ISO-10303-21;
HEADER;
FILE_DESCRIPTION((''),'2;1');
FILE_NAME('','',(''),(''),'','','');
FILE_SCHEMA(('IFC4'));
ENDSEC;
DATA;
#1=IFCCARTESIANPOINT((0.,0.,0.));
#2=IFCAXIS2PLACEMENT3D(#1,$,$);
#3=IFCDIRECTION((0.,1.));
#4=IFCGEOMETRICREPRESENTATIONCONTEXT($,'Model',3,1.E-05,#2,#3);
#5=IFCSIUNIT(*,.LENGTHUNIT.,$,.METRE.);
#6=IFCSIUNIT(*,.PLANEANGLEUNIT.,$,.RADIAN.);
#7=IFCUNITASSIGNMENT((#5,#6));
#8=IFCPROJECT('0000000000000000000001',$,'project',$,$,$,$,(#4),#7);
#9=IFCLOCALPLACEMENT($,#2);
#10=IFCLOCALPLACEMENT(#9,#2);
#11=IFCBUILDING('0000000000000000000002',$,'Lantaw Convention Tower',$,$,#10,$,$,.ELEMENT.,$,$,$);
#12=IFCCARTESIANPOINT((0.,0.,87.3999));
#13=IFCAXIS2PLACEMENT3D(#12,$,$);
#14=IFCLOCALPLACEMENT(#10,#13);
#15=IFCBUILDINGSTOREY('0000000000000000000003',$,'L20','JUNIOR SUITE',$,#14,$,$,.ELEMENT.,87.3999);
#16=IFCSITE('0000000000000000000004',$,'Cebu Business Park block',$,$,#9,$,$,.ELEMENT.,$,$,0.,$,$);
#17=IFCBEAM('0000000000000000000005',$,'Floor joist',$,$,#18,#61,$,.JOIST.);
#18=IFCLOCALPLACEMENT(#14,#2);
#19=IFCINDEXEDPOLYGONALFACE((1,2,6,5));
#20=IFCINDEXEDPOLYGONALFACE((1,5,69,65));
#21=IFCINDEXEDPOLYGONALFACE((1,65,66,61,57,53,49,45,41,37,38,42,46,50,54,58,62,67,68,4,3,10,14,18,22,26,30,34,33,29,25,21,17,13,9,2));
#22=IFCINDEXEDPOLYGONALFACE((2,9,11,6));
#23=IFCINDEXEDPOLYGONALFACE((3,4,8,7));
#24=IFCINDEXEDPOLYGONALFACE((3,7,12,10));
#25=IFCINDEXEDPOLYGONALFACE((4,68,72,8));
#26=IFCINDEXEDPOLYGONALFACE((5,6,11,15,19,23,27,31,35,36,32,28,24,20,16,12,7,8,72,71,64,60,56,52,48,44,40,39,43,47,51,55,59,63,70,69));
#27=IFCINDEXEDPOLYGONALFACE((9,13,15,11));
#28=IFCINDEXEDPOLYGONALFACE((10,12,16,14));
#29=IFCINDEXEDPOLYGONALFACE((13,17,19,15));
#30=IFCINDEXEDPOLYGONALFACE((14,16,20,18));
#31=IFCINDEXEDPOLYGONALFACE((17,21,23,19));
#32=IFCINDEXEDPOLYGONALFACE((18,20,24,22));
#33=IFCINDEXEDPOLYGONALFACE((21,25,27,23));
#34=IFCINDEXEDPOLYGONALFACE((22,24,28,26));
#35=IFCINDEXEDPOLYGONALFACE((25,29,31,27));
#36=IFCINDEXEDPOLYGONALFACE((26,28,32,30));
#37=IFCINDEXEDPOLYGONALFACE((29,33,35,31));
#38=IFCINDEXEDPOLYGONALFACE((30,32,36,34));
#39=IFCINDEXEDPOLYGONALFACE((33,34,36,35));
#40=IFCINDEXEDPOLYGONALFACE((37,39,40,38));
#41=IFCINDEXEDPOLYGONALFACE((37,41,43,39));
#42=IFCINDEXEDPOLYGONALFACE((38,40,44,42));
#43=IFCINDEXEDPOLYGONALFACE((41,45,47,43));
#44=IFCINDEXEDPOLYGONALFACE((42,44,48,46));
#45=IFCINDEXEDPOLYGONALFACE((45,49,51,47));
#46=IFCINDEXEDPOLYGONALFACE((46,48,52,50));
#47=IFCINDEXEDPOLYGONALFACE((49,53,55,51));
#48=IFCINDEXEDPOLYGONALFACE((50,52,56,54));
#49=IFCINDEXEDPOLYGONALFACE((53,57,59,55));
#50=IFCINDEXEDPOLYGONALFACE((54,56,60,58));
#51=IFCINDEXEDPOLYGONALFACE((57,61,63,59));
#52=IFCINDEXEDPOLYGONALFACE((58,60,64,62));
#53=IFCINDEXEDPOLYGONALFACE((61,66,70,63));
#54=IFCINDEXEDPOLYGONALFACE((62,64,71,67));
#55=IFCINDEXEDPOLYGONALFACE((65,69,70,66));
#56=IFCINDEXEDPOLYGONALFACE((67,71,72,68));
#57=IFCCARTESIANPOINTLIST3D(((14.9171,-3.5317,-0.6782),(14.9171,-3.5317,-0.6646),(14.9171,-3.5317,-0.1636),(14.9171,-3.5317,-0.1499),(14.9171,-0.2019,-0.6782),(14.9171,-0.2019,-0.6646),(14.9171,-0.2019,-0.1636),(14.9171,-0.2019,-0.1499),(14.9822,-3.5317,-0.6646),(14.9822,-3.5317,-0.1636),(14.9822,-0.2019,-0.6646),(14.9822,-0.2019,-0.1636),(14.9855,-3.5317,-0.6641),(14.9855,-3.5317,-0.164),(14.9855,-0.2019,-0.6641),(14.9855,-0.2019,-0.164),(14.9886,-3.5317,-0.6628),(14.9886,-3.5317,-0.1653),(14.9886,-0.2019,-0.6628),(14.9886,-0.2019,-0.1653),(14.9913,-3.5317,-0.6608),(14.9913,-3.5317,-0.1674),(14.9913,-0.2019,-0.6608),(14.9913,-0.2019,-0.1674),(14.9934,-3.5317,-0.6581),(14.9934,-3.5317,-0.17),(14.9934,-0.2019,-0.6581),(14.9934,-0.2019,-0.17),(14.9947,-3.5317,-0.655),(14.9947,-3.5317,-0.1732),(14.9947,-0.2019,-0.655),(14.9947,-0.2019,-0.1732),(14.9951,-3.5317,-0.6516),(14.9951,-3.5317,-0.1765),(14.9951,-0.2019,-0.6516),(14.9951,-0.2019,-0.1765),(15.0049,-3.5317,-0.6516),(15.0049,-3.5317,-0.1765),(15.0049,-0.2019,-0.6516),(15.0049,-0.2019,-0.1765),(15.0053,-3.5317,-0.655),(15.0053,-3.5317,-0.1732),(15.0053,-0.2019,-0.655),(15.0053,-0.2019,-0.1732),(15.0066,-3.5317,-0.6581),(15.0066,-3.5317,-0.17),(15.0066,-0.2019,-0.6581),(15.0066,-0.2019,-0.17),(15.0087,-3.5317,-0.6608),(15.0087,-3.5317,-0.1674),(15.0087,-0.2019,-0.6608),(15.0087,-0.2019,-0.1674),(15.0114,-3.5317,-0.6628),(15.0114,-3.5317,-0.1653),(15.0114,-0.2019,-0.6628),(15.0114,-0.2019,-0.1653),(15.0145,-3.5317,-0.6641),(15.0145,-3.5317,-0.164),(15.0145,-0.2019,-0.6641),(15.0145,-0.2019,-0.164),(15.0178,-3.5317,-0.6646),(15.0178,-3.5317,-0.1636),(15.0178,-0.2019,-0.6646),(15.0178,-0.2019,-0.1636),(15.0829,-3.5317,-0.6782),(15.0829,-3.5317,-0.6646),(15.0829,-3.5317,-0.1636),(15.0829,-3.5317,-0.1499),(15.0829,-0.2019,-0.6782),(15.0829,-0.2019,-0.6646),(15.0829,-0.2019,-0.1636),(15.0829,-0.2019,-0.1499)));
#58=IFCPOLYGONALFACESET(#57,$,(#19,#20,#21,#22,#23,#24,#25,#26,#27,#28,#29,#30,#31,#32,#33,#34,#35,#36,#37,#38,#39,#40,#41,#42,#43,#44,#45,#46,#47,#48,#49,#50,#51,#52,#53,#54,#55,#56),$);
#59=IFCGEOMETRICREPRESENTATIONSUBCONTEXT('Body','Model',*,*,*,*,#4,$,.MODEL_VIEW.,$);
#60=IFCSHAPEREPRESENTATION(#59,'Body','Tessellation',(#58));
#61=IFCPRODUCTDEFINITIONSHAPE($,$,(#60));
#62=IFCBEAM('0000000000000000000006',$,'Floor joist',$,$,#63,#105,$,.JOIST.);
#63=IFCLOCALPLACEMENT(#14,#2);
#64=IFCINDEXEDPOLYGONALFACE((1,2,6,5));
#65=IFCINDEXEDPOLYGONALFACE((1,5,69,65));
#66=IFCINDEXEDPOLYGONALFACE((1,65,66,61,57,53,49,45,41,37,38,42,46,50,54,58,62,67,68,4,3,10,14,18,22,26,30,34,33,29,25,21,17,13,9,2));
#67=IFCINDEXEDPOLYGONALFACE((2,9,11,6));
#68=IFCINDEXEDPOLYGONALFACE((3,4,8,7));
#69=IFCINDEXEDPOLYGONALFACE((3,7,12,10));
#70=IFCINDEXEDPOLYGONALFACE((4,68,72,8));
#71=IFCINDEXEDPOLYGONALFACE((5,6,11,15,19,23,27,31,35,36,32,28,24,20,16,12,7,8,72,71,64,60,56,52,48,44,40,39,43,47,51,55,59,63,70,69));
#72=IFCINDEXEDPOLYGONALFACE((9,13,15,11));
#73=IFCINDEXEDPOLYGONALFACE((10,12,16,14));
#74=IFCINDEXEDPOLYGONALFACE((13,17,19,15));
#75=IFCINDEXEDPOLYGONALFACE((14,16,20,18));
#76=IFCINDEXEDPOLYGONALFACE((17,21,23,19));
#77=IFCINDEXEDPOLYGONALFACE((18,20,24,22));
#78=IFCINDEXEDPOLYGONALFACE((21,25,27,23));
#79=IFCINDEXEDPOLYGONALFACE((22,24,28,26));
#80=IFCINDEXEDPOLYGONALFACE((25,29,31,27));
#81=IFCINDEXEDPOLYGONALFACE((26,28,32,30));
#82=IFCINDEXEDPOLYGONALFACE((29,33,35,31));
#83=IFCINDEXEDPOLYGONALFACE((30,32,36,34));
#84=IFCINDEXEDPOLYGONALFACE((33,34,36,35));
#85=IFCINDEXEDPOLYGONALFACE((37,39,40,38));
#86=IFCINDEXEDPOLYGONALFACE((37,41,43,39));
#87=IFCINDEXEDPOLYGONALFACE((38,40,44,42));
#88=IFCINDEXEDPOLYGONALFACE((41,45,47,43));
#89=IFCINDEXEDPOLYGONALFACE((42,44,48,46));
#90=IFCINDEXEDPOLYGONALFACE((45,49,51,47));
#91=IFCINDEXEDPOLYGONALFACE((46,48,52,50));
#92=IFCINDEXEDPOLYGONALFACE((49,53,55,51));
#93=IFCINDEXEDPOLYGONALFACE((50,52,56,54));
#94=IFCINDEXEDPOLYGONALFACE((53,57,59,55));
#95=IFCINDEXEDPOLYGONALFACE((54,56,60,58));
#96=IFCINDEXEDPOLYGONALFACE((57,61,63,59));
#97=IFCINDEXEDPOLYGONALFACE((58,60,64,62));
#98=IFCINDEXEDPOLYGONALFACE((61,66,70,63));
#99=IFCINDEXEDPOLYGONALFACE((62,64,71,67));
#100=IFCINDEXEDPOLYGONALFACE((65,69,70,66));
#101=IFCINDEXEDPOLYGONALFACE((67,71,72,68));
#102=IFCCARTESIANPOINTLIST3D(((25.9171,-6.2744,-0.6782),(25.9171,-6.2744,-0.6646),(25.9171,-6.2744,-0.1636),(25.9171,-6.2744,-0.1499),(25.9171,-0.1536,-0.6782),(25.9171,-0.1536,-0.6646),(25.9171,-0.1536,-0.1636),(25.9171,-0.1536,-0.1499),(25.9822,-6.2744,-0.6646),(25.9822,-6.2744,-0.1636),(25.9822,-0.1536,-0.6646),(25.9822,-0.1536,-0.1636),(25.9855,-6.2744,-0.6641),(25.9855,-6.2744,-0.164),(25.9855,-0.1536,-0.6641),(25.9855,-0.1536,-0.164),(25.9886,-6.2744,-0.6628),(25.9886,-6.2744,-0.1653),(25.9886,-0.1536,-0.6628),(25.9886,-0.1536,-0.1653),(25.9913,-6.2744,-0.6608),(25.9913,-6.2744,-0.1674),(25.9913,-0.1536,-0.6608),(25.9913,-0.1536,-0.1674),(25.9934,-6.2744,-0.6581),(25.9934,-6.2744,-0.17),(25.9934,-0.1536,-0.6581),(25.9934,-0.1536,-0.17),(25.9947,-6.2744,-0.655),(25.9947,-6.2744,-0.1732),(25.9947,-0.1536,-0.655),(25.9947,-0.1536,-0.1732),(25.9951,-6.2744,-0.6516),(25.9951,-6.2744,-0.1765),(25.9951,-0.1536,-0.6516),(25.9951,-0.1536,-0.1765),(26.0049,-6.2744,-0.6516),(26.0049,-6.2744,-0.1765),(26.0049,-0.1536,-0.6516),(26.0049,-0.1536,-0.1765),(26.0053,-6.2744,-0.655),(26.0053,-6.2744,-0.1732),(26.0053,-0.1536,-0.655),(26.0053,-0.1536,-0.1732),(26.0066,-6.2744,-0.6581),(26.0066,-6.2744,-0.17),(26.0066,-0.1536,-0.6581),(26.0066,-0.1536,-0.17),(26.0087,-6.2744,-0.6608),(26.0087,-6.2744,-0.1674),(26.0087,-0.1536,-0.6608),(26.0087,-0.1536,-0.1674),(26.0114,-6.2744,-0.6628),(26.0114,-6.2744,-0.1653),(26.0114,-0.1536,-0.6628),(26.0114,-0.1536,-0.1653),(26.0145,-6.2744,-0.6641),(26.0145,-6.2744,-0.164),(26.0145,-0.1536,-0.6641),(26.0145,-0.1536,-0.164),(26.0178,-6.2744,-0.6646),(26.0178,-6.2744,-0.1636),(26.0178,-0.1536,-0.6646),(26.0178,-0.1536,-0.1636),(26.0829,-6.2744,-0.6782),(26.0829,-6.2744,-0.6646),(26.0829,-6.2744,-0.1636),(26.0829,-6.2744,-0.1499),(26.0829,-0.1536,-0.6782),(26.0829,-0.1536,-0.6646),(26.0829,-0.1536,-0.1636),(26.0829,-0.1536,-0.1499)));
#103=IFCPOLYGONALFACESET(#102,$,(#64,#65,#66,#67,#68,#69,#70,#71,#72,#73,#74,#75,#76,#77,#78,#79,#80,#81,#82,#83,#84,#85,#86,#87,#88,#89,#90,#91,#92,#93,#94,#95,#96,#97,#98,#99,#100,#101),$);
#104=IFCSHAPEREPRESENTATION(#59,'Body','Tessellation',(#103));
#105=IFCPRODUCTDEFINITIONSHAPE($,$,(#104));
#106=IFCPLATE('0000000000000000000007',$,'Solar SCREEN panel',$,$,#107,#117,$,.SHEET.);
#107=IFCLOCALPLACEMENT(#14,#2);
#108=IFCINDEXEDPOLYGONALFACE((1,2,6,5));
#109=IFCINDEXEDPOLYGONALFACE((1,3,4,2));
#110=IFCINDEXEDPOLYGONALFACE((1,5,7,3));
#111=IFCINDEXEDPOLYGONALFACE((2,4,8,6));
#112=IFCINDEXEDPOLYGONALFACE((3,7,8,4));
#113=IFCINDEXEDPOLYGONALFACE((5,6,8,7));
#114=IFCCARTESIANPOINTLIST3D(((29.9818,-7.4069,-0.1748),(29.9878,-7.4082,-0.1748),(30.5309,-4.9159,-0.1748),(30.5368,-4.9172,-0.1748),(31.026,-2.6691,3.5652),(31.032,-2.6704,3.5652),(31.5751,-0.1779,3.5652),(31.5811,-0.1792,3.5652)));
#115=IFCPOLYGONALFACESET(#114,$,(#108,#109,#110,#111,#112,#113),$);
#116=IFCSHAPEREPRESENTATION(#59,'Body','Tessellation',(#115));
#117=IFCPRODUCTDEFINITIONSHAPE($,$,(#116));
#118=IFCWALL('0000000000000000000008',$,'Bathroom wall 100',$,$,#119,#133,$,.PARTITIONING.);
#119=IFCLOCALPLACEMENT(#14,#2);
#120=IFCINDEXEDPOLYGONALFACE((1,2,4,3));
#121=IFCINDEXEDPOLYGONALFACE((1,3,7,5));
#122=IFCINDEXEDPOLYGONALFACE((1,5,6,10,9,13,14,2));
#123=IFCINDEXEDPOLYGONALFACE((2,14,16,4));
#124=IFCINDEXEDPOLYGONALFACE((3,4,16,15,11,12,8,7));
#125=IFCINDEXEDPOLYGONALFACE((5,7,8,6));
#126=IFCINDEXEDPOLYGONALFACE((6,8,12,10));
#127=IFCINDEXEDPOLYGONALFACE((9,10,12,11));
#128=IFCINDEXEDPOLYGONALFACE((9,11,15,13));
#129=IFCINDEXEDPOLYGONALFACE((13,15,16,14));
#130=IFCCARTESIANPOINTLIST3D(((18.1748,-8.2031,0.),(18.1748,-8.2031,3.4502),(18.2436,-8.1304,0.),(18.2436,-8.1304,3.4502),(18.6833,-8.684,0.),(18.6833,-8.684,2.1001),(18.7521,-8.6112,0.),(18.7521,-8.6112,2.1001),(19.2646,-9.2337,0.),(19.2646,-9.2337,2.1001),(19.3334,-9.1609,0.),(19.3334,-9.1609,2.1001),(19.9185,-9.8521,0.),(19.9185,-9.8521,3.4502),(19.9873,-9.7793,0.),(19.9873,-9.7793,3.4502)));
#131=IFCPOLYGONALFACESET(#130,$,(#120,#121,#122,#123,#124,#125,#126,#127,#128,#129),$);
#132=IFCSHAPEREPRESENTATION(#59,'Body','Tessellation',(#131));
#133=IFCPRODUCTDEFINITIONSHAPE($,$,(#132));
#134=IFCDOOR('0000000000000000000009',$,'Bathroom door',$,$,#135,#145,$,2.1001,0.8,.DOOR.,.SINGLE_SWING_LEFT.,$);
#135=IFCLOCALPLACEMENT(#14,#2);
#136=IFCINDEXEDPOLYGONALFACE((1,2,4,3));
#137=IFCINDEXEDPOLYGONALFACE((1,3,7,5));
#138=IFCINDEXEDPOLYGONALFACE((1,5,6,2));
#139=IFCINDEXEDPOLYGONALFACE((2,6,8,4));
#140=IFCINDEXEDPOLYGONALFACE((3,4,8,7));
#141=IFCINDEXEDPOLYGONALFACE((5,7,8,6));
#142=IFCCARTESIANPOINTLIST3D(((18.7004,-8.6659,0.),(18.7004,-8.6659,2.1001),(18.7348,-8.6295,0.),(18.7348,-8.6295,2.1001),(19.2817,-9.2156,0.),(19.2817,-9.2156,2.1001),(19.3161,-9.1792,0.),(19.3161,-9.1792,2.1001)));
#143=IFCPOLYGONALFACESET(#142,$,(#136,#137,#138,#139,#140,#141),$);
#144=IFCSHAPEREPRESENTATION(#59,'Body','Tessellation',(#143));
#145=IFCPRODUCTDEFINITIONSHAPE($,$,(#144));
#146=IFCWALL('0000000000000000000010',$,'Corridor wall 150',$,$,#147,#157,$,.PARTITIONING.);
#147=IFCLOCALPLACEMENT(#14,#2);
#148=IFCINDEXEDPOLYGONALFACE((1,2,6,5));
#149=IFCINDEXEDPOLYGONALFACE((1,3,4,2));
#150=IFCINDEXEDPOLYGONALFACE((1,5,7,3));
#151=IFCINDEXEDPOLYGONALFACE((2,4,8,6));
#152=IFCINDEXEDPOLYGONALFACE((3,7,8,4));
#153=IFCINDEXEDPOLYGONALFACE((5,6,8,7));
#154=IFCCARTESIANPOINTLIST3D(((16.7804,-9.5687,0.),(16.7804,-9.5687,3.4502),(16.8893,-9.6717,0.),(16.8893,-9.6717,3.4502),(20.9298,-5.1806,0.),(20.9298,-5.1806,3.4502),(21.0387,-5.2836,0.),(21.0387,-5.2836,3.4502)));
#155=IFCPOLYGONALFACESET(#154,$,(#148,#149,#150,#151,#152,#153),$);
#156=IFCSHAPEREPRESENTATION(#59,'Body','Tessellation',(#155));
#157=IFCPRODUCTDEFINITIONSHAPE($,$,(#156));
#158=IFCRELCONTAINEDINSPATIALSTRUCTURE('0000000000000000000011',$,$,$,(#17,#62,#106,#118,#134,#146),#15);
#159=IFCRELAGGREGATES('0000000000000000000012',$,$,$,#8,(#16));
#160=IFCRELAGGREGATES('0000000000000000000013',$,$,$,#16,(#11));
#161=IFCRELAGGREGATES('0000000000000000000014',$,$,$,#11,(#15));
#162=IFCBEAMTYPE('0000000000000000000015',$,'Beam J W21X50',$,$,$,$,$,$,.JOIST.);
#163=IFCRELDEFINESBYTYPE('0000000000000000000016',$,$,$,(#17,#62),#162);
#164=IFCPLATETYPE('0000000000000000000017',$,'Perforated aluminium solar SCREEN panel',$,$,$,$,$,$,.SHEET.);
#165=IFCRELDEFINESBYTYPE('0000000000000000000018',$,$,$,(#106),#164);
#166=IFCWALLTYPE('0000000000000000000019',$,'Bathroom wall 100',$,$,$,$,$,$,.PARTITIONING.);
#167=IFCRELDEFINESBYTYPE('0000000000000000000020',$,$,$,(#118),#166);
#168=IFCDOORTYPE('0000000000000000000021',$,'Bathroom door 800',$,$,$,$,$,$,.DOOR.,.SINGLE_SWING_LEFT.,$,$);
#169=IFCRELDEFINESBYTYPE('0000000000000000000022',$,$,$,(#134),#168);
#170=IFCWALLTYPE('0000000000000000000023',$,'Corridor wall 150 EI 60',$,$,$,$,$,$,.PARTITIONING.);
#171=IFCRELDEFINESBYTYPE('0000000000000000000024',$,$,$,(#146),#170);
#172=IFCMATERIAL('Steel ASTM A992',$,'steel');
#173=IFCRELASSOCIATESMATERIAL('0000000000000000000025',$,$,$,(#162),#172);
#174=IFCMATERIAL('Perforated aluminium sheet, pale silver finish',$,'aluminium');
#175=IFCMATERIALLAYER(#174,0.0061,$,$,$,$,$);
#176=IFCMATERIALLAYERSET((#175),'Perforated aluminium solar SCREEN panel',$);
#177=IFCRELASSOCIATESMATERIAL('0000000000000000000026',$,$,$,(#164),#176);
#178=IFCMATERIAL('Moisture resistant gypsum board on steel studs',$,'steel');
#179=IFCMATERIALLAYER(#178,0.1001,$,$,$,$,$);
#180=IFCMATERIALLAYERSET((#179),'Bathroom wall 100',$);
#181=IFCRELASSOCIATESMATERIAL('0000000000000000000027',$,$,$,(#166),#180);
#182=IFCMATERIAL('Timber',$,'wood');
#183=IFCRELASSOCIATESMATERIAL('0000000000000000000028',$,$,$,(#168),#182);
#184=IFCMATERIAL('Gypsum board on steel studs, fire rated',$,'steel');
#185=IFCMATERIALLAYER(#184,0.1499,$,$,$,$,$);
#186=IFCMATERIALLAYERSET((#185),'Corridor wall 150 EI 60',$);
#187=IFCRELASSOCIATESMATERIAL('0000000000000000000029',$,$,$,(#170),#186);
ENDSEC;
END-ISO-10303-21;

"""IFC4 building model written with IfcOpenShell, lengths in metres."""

from ifc_helpers import new_model, si_unit, direction, frame, frame_2d, origin, origin_2d, place, context, subcontext, project, spatial, polyline, rectangle, i_section, outline, extrude, material, layer, layer_set, material_profile, profile_set, type_object, element, fill, save


model = new_model("IFC4")

# Units and contexts
model_context = context("Model", 3, precision=1e-05, world=origin(), true_north=direction((0.0, 1.0)))
body_context = subcontext(model_context, "Body", "Model", "MODEL_VIEW")
ifc_project = project(units=[si_unit("LENGTHUNIT", "METRE"), si_unit("PLANEANGLEUNIT", "RADIAN")], contexts=[model_context])

# Site, building, storey
site_placement = place(None, origin())
site = spatial("IfcSite", under=ifc_project, at=site_placement, Name="Cebu Business Park block", CompositionType="ELEMENT", RefElevation=0.0)
building_placement = place(site_placement, origin())
building = spatial("IfcBuilding", under=site, at=building_placement, Name="Lantaw Convention Tower", CompositionType="ELEMENT")
storey_placement = place(building_placement, frame((0.0, 0.0, 87.3999)))
storey = spatial("IfcBuildingStorey", under=building, at=storey_placement, Name="L20", Description="JUNIOR SUITE", CompositionType="ELEMENT", Elevation=87.3999)

# Beams
ifc_material_1 = material(Name="Steel ASTM A992", Category="steel")
ifc_material_profile_1 = material_profile(ifc_material_1, i_section(OverallWidth=0.1658, OverallDepth=0.5283, WebThickness=0.0098, FlangeThickness=0.0137, FilletRadius=0.0129, at=origin_2d()), Name="W21X50")
ifc_profile_set_1 = profile_set([ifc_material_profile_1], Name="Steel ASTM A992")
beam_type_1 = type_object("IfcBeamType", Name="Beam J W21X50", PredefinedType="JOIST", material=ifc_profile_set_1)
beam_1_placement = place(storey_placement, frame((15.0, -3.5317, -0.4141), z_axis=(0.0, 1.0, 0.0), x_axis=(-1.0, 0.0, 0.0)))
element("IfcBeam", 1, at=beam_1_placement, inside=storey, type_object=beam_type_1, Name="Floor joist", PredefinedType="JOIST", context=body_context, shape_type="SweptSolid", body=[
    extrude(i_section(OverallWidth=0.1658, OverallDepth=0.5283, WebThickness=0.0098, FlangeThickness=0.0137, FilletRadius=0.0129, at=origin_2d()), origin(), (0.0, 0.0, 1.0), 3.3298),
])
beam_2_placement = place(storey_placement, frame((26.0, -6.2744, -0.4141), z_axis=(0.0, 1.0, 0.0), x_axis=(-1.0, 0.0, 0.0)))
element("IfcBeam", 2, at=beam_2_placement, inside=storey, type_object=beam_type_1, Name="Floor joist", PredefinedType="JOIST", context=body_context, shape_type="SweptSolid", body=[
    extrude(i_section(OverallWidth=0.1658, OverallDepth=0.5283, WebThickness=0.0098, FlangeThickness=0.0137, FilletRadius=0.0129, at=origin_2d()), origin(), (0.0, 0.0, 1.0), 6.1208),
])

# Plate
ifc_material_2 = material(Name="Perforated aluminium sheet, pale silver finish", Category="aluminium")
ifc_layer_1 = layer(ifc_material_2, 0.0061)
ifc_layer_set_1 = layer_set([ifc_layer_1], Name="Perforated aluminium solar SCREEN panel")
plate_type = type_object("IfcPlateType", Name="Perforated aluminium solar SCREEN panel", PredefinedType="SHEET", material=ifc_layer_set_1)
plate_placement = place(storey_placement, frame((29.9878, -7.4082, -0.1748), z_axis=(0.976559, -0.215248, 0.00003), x_axis=(0.215248, 0.976559, 0.0)))
element("IfcPlate", 3, at=plate_placement, inside=storey, type_object=plate_type, Name="Solar SCREEN panel", PredefinedType="SHEET", context=body_context, shape_type="SweptSolid", body=[
    extrude(outline(polyline([(0.0, 0.0), (2.5508, 0.0), (7.4025, 3.74), (4.8515, 3.74), (0.0, 0.0)])), origin(), (0.0, 0.0, -1.0), 0.0061),
])

# Wall, opening, door
ifc_material_3 = material(Name="Moisture resistant gypsum board on steel studs", Category="steel")
ifc_layer_2 = layer(ifc_material_3, 0.1001)
ifc_layer_set_2 = layer_set([ifc_layer_2], Name="Bathroom wall 100")
wall_type_1 = type_object("IfcWallType", Name="Bathroom wall 100", PredefinedType="PARTITIONING", material=ifc_layer_set_2)
wall_1_placement = place(storey_placement, frame((18.2092, -8.1667, 0.0), z_axis=(0.0, 0.0, 1.0), x_axis=(0.726567, -0.687095, 0.0)))
wall_1 = element("IfcWall", 4, at=wall_1_placement, inside=storey, type_object=wall_type_1, Name="Bathroom wall 100", PredefinedType="PARTITIONING", context=body_context, shape_type="SweptSolid", body=[
    extrude(rectangle(XDim=2.3999, YDim=0.1001, at=frame_2d((1.2, 0.0))), origin(), (0.0, 0.0, 1.0), 3.4502),
])
opening_1_placement = place(wall_1_placement, frame((0.7, 0.0, 0.0)))
opening_1 = element("IfcOpeningElement", 5, at=opening_1_placement, cuts=wall_1, PredefinedType="OPENING", context=body_context, shape_type="SweptSolid", body=[
    extrude(rectangle(XDim=0.8, YDim=2.1001, at=frame_2d((0.3999, 1.05))), frame((0.0, 0.0601, 0.0), z_axis=(0.0, -1.0, 0.0), x_axis=(1.0, 0.0, 0.0)), (0.0, 0.0, 1.0), 0.1201),
])
ifc_material_4 = material(Name="Timber", Category="wood")
door_type_1 = type_object("IfcDoorType", Name="Bathroom door 800", OperationType="SINGLE_SWING_LEFT", PredefinedType="DOOR", material=ifc_material_4)
door_1_placement = place(opening_1_placement, origin())
door_1 = element("IfcDoor", 6, at=door_1_placement, inside=storey, type_object=door_type_1, Name="Bathroom door", OperationType="SINGLE_SWING_LEFT", OverallHeight=2.1001, OverallWidth=0.8, PredefinedType="DOOR", context=body_context, shape_type="SweptSolid", body=[
    extrude(rectangle(XDim=0.8, YDim=2.1001, at=frame_2d((0.3999, 1.05))), frame((0.0, 0.0249, 0.0), z_axis=(0.0, -1.0, 0.0), x_axis=(1.0, 0.0, 0.0)), (0.0, 0.0, 1.0), 0.05),
])
fill(opening_1, door_1)

# Wall
ifc_material_5 = material(Name="Gypsum board on steel studs, fire rated", Category="steel")
ifc_layer_3 = layer(ifc_material_5, 0.1499)
ifc_layer_set_3 = layer_set([ifc_layer_3], Name="Corridor wall 150 EI 60")
wall_type_2 = type_object("IfcWallType", Name="Corridor wall 150 EI 60", PredefinedType="PARTITIONING", material=ifc_layer_set_3)
wall_2_placement = place(storey_placement, frame((16.835, -9.6201, 0.0), z_axis=(0.0, 0.0, 1.0), x_axis=(0.687063, 0.726598, 0.0)))
element("IfcWall", 7, at=wall_2_placement, inside=storey, type_object=wall_type_2, Name="Corridor wall 150", PredefinedType="PARTITIONING", context=body_context, shape_type="SweptSolid", body=[
    extrude(rectangle(XDim=6.0393, YDim=0.1499, at=frame_2d((3.0195, 0.0))), origin(), (0.0, 0.0, 1.0), 3.4502),
])

save(model, "model.ifc")
